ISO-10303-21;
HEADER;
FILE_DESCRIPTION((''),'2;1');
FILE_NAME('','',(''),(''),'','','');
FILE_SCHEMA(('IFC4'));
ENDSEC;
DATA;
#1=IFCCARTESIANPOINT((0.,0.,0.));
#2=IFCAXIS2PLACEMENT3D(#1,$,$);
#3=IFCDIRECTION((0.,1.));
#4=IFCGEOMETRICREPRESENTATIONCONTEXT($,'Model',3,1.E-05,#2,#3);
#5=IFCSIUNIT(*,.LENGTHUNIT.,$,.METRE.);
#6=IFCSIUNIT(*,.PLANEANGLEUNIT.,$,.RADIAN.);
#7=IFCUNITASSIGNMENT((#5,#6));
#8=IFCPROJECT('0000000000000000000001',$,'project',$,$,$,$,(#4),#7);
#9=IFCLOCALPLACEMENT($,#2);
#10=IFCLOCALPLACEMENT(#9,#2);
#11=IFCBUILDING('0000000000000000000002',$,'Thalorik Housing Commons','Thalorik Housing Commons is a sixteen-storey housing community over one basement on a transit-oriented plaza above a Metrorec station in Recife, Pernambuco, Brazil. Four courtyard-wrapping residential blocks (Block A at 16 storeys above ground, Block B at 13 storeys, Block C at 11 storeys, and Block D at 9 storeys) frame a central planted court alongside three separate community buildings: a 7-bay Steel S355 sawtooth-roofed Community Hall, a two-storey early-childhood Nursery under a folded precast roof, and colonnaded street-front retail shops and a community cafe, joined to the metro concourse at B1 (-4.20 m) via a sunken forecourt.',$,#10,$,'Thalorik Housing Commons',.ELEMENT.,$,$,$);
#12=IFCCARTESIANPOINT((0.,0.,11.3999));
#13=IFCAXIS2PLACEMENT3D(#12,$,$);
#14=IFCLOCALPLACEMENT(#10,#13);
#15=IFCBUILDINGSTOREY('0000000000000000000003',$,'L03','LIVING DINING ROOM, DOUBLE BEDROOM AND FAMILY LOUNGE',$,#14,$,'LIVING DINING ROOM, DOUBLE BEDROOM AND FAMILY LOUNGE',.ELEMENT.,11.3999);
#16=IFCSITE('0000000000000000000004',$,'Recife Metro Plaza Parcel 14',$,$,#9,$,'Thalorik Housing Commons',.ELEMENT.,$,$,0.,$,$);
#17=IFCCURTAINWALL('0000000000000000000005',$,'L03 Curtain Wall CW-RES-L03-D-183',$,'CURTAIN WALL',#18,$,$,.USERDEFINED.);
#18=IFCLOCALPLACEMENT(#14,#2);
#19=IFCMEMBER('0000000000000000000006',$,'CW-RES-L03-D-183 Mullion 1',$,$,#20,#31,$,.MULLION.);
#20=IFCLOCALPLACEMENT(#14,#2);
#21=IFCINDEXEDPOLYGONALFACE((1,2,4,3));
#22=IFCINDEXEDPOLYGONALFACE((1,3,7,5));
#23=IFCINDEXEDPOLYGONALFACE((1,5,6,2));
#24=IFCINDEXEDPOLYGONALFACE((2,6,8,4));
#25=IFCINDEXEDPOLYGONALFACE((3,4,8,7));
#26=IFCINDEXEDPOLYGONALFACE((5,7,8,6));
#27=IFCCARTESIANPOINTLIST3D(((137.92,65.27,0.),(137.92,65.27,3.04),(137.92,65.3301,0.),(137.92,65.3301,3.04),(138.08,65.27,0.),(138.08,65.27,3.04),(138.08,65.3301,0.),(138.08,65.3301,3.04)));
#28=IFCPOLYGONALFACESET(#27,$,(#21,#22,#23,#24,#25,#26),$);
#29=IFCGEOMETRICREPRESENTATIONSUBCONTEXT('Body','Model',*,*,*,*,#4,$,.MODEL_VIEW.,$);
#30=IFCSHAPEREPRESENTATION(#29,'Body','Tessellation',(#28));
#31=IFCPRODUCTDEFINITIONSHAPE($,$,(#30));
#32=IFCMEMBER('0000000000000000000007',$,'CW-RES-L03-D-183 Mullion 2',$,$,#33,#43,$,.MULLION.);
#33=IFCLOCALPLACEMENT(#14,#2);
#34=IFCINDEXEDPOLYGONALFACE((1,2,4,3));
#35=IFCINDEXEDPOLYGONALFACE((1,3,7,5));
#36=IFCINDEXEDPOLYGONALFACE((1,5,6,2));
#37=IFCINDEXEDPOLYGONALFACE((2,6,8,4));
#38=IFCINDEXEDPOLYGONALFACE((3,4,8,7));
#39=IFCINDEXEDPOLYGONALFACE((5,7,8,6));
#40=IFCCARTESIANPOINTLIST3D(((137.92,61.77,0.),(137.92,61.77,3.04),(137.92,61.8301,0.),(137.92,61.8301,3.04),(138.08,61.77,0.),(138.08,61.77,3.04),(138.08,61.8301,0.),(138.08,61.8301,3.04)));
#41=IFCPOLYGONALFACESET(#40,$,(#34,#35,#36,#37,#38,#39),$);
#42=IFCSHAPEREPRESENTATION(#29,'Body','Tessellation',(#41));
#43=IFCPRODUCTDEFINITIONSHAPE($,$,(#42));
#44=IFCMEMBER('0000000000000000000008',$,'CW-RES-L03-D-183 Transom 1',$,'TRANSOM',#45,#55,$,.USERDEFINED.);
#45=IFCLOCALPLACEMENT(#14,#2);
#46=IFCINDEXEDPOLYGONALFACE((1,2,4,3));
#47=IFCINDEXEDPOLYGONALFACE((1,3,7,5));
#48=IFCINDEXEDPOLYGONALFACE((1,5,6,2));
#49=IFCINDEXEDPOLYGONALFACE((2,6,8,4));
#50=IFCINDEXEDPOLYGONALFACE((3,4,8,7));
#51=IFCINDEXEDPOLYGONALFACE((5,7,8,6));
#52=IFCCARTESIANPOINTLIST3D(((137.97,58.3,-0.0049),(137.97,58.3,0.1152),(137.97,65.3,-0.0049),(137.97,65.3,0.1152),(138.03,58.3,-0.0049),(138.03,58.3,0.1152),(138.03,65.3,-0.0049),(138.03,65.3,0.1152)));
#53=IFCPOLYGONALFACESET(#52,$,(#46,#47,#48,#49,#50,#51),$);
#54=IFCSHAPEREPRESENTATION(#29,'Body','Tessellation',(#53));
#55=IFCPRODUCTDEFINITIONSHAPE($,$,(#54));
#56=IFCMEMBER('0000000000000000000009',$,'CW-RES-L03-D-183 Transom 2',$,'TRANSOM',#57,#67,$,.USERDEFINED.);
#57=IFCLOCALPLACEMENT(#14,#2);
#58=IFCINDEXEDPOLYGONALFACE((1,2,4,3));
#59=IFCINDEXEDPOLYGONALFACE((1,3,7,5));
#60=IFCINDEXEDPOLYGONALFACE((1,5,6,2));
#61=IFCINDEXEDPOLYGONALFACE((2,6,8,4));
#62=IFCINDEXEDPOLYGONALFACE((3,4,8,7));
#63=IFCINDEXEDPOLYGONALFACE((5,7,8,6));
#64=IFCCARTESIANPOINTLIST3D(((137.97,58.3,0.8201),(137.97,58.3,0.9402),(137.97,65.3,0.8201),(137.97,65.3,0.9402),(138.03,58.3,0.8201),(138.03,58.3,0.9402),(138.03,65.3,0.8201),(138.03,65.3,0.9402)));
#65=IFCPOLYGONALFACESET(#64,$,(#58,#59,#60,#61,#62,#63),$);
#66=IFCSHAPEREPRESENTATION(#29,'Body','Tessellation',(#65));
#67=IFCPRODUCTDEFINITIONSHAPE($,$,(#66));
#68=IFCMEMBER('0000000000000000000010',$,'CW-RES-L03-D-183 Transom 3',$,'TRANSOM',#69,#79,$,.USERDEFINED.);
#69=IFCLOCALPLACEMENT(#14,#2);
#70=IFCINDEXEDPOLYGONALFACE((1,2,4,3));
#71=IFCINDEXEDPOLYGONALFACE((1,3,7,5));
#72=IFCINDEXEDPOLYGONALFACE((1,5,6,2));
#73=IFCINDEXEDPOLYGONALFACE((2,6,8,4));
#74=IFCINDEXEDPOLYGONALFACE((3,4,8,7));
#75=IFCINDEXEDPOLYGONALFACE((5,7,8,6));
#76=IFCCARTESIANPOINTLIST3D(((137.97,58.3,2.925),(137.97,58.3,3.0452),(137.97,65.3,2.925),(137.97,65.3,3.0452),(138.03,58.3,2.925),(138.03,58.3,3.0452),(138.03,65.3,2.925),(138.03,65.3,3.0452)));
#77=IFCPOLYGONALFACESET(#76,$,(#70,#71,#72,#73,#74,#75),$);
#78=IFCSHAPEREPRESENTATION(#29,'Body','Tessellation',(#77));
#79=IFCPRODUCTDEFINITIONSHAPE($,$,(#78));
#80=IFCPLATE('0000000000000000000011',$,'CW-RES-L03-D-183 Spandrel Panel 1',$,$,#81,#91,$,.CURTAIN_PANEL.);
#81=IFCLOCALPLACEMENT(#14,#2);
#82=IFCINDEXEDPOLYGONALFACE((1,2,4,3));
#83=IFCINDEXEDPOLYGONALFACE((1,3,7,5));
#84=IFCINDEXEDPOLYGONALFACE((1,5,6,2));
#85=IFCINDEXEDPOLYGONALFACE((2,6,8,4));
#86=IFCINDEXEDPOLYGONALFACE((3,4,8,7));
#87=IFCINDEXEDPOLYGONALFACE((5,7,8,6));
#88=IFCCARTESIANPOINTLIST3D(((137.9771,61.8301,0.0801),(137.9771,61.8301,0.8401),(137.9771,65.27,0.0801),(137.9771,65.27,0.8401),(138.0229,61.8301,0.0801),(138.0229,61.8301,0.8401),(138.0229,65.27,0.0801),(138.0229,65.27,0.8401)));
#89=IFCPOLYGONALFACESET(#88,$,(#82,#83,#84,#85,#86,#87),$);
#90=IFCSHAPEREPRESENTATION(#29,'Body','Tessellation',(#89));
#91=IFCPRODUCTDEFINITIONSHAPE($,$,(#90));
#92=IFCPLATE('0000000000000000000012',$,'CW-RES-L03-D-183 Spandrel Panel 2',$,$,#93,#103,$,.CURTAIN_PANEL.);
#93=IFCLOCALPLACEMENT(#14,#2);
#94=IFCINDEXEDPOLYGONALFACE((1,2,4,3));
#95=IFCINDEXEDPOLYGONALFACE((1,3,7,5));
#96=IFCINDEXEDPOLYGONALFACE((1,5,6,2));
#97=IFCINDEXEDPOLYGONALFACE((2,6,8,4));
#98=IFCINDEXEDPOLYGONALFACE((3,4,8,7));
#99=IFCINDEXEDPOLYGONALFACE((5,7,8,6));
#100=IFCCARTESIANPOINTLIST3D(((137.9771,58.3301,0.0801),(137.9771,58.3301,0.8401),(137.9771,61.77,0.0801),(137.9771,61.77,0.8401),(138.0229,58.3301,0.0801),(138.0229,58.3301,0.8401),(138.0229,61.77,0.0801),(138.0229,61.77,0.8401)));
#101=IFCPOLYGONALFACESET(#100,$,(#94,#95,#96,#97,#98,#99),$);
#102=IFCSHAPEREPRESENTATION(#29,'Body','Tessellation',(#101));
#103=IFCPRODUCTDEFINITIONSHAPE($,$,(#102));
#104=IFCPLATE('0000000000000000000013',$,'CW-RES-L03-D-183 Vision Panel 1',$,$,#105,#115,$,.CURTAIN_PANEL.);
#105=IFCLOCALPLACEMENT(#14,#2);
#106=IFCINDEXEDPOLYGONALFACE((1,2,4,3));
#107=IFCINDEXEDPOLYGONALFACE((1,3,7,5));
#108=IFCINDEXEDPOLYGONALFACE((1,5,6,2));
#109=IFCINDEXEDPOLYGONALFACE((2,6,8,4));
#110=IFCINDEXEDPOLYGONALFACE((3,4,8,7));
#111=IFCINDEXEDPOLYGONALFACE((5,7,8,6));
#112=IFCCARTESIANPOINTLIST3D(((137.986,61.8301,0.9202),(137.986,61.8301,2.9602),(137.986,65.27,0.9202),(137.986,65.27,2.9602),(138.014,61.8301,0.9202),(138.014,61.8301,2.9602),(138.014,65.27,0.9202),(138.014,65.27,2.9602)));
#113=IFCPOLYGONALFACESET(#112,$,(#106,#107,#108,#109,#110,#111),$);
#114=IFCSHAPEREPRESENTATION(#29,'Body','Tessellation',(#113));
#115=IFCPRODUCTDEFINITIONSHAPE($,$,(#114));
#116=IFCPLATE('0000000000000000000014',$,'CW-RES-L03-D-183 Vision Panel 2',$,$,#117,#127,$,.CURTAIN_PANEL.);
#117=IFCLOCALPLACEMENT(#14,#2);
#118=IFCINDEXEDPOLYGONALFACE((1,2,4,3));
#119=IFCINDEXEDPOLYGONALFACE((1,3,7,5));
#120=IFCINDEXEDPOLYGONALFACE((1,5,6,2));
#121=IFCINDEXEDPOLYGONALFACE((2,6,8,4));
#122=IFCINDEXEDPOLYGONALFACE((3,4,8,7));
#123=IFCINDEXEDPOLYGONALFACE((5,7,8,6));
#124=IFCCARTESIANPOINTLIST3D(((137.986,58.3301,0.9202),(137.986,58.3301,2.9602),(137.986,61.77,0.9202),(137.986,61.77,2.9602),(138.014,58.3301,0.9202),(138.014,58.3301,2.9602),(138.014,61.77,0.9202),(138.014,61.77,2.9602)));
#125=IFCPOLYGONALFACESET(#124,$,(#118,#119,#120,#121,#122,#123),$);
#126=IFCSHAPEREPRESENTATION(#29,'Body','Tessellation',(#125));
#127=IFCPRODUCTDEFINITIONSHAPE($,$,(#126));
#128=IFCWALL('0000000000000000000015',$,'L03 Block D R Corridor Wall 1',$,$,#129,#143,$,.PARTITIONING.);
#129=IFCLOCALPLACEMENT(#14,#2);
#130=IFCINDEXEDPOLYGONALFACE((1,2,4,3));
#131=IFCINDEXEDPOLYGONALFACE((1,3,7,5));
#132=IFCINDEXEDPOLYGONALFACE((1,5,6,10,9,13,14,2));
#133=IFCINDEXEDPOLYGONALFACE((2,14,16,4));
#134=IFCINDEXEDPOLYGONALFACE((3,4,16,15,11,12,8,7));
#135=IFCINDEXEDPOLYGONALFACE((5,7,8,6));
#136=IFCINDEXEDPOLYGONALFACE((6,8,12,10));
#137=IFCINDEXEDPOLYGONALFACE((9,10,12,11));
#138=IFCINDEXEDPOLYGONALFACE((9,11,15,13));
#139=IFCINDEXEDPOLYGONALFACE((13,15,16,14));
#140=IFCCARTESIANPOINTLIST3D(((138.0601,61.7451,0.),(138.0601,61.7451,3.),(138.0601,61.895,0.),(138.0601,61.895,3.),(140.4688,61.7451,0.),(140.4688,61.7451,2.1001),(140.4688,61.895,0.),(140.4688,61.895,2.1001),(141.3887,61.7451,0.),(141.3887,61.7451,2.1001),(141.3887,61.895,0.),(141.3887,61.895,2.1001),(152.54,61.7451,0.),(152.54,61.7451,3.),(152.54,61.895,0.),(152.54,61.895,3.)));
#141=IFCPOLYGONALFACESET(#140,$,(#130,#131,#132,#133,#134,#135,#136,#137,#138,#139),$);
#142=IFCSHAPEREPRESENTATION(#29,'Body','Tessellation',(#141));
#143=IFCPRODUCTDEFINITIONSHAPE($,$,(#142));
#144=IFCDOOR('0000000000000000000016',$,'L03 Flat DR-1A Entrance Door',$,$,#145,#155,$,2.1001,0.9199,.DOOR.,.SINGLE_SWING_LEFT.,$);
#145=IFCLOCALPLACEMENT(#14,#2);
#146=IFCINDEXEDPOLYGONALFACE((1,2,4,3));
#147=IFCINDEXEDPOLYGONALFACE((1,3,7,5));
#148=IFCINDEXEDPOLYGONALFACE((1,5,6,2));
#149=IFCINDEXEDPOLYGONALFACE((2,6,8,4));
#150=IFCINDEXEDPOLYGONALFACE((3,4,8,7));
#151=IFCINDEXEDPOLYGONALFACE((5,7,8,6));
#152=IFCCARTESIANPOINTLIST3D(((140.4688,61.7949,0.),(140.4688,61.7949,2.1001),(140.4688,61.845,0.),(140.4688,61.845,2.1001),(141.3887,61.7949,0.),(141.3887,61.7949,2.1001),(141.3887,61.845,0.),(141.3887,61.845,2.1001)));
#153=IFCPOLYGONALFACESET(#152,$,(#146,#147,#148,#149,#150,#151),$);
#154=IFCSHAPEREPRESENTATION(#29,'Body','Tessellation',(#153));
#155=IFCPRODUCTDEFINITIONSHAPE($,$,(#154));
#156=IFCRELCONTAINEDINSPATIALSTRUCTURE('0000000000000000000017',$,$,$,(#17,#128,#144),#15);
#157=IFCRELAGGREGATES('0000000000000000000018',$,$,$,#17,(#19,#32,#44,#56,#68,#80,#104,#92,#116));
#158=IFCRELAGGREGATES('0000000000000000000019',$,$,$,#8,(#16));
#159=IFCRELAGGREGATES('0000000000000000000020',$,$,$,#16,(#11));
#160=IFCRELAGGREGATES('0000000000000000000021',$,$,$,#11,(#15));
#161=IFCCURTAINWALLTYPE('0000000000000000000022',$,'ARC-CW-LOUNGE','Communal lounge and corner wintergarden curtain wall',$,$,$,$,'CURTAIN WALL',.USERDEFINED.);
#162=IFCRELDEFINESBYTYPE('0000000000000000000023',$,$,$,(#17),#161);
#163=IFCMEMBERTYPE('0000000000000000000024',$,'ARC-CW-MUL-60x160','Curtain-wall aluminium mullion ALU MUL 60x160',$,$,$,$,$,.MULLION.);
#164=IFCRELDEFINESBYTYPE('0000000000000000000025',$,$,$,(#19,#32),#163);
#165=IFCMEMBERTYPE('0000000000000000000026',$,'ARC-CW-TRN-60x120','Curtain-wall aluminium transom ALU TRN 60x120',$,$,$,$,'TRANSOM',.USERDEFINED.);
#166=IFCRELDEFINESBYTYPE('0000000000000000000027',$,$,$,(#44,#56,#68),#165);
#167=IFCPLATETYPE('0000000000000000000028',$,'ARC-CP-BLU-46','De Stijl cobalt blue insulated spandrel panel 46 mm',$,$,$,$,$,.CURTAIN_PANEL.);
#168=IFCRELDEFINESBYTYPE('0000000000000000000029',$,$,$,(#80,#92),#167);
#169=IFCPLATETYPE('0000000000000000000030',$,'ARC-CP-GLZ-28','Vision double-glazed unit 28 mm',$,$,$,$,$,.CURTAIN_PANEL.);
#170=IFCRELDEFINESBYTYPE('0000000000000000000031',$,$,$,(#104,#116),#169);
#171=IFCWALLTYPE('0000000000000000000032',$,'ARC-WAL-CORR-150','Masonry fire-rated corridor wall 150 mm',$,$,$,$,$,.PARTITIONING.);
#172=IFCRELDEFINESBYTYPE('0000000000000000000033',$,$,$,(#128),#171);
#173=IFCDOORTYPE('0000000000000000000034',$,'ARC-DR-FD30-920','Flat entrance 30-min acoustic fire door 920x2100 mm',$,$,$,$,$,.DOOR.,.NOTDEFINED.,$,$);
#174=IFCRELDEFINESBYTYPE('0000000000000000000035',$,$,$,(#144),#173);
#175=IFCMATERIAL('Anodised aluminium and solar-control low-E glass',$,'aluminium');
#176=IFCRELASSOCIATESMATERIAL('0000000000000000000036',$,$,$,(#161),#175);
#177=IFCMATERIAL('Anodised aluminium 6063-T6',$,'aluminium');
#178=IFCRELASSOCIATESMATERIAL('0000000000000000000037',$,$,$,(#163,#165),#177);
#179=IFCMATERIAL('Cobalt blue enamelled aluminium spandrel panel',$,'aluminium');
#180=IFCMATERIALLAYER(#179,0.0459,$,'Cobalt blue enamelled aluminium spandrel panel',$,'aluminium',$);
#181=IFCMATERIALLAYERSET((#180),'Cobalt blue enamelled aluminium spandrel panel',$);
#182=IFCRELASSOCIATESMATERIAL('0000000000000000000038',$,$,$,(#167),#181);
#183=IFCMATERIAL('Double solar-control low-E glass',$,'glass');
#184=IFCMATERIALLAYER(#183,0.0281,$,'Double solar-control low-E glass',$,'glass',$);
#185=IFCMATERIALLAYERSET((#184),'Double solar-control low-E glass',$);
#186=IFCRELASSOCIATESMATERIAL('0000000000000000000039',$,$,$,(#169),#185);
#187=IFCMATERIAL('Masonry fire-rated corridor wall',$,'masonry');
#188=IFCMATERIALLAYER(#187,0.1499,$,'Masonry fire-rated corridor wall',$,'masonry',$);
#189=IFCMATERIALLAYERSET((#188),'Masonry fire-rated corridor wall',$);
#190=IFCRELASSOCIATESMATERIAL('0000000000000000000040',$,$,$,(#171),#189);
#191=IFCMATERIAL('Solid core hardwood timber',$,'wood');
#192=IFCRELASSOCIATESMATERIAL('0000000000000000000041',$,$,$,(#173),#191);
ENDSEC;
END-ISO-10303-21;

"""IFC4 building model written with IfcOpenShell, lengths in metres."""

from ifc_helpers import new_model, si_unit, direction, frame, frame_2d, origin, origin_2d, place, context, subcontext, project, spatial, rectangle, extrude, material, layer, layer_set, material_profile, profile_set, type_object, element, fill, aggregate, save


model = new_model("IFC4")

# Units and contexts
model_context = context("Model", 3, precision=1e-05, world=origin(), true_north=direction((0.0, 1.0)))
body_context = subcontext(model_context, "Body", "Model", "MODEL_VIEW")
ifc_project = project(units=[si_unit("LENGTHUNIT", "METRE"), si_unit("PLANEANGLEUNIT", "RADIAN")], contexts=[model_context])

# Site, building, storey
site_placement = place(None, origin())
site = spatial("IfcSite", under=ifc_project, at=site_placement, Name="Recife Metro Plaza Parcel 14", LongName="Thalorik Housing Commons", CompositionType="ELEMENT", RefElevation=0.0)
building_placement = place(site_placement, origin())
building = spatial("IfcBuilding", under=site, at=building_placement, Name="Thalorik Housing Commons", Description="Thalorik Housing Commons is a sixteen-storey housing community over one basement on a transit-oriented plaza above a Metrorec station in Recife, Pernambuco, Brazil. Four courtyard-wrapping residential blocks (Block A at 16 storeys above ground, Block B at 13 storeys, Block C at 11 storeys, and Block D at 9 storeys) frame a central planted court alongside three separate community buildings: a 7-bay Steel S355 sawtooth-roofed Community Hall, a two-storey early-childhood Nursery under a folded precast roof, and colonnaded street-front retail shops and a community cafe, joined to the metro concourse at B1 (-4.20 m) via a sunken forecourt.", LongName="Thalorik Housing Commons", CompositionType="ELEMENT")
storey_placement = place(building_placement, frame((0.0, 0.0, 11.3999)))
storey = spatial("IfcBuildingStorey", under=building, at=storey_placement, Name="L03", Description="LIVING DINING ROOM, DOUBLE BEDROOM AND FAMILY LOUNGE", LongName="LIVING DINING ROOM, DOUBLE BEDROOM AND FAMILY LOUNGE", CompositionType="ELEMENT", Elevation=11.3999)

# Curtain wall, members, plates
ifc_material_1 = material(Name="Anodised aluminium and solar-control low-E glass", Category="aluminium")
curtain_wall_type = type_object("IfcCurtainWallType", Name="ARC-CW-LOUNGE", Description="Communal lounge and corner wintergarden curtain wall", ElementType="CURTAIN WALL", PredefinedType="USERDEFINED", material=ifc_material_1)
curtain_wall_placement = place(storey_placement, origin())
curtain_wall = element("IfcCurtainWall", 1, at=curtain_wall_placement, inside=storey, type_object=curtain_wall_type, Name="L03 Curtain Wall CW-RES-L03-D-183", ObjectType="CURTAIN WALL", PredefinedType="USERDEFINED")
ifc_material_2 = material(Name="Anodised aluminium 6063-T6", Category="aluminium")
ifc_material_profile_1 = material_profile(ifc_material_2, rectangle(XDim=0.0601, YDim=0.1599, at=origin_2d()), Name="ALU MUL 60x160", Category="aluminium")
ifc_profile_set_1 = profile_set([ifc_material_profile_1], Name="Anodised aluminium 6063-T6")
member_type_1 = type_object("IfcMemberType", Name="ARC-CW-MUL-60x160", Description="Curtain-wall aluminium mullion ALU MUL 60x160", PredefinedType="MULLION", material=ifc_profile_set_1)
member_1_placement = place(storey_placement, frame((138.0, 65.3, 0.0), z_axis=(0.0, 0.0, 1.0), x_axis=(0.0, -1.0, 0.0)))
member_1 = element("IfcMember", 2, at=member_1_placement, type_object=member_type_1, Name="CW-RES-L03-D-183 Mullion 1", PredefinedType="MULLION", context=body_context, shape_type="SweptSolid", body=[
    extrude(rectangle(XDim=0.0601, YDim=0.1599, at=origin_2d()), origin(), (0.0, 0.0, 1.0), 3.04),
])
member_2_placement = place(storey_placement, frame((138.0, 61.8, 0.0), z_axis=(0.0, 0.0, 1.0), x_axis=(0.0, -1.0, 0.0)))
member_2 = element("IfcMember", 3, at=member_2_placement, type_object=member_type_1, Name="CW-RES-L03-D-183 Mullion 2", PredefinedType="MULLION", context=body_context, shape_type="SweptSolid", body=[
    extrude(rectangle(XDim=0.0601, YDim=0.1599, at=origin_2d()), origin(), (0.0, 0.0, 1.0), 3.04),
])
ifc_material_profile_2 = material_profile(ifc_material_2, rectangle(XDim=0.0601, YDim=0.1201, at=origin_2d()), Name="ALU TRN 60x120", Category="aluminium")
ifc_profile_set_2 = profile_set([ifc_material_profile_2], Name="Anodised aluminium 6063-T6")
member_type_2 = type_object("IfcMemberType", Name="ARC-CW-TRN-60x120", Description="Curtain-wall aluminium transom ALU TRN 60x120", ElementType="TRANSOM", PredefinedType="USERDEFINED", material=ifc_profile_set_2)
member_3_placement = place(storey_placement, frame((138.0, 65.3, 0.0552), z_axis=(0.0, -1.0, 0.0), x_axis=(1.0, 0.0, 0.0)))
member_3 = element("IfcMember", 4, at=member_3_placement, type_object=member_type_2, Name="CW-RES-L03-D-183 Transom 1", ObjectType="TRANSOM", PredefinedType="USERDEFINED", context=body_context, shape_type="SweptSolid", body=[
    extrude(rectangle(XDim=0.0601, YDim=0.1201, at=origin_2d()), origin(), (0.0, 0.0, 1.0), 7.0),
])
member_4_placement = place(storey_placement, frame((138.0, 65.3, 0.8801), z_axis=(0.0, -1.0, 0.0), x_axis=(1.0, 0.0, 0.0)))
member_4 = element("IfcMember", 5, at=member_4_placement, type_object=member_type_2, Name="CW-RES-L03-D-183 Transom 2", ObjectType="TRANSOM", PredefinedType="USERDEFINED", context=body_context, shape_type="SweptSolid", body=[
    extrude(rectangle(XDim=0.0601, YDim=0.1201, at=origin_2d()), origin(), (0.0, 0.0, 1.0), 7.0),
])
member_5_placement = place(storey_placement, frame((138.0, 65.3, 2.9851), z_axis=(0.0, -1.0, 0.0), x_axis=(1.0, 0.0, 0.0)))
member_5 = element("IfcMember", 6, at=member_5_placement, type_object=member_type_2, Name="CW-RES-L03-D-183 Transom 3", ObjectType="TRANSOM", PredefinedType="USERDEFINED", context=body_context, shape_type="SweptSolid", body=[
    extrude(rectangle(XDim=0.0601, YDim=0.1201, at=origin_2d()), origin(), (0.0, 0.0, 1.0), 7.0),
])
ifc_material_3 = material(Name="Cobalt blue enamelled aluminium spandrel panel", Category="aluminium")
ifc_layer_1 = layer(ifc_material_3, 0.0459, Name="Cobalt blue enamelled aluminium spandrel panel", Category="aluminium")
ifc_layer_set_1 = layer_set([ifc_layer_1], Name="Cobalt blue enamelled aluminium spandrel panel")
plate_type_1 = type_object("IfcPlateType", Name="ARC-CP-BLU-46", Description="De Stijl cobalt blue insulated spandrel panel 46 mm", PredefinedType="CURTAIN_PANEL", material=ifc_layer_set_1)
plate_1_placement = place(storey_placement, frame((138.0, 63.55, 0.0801), z_axis=(0.0, 0.0, 1.0), x_axis=(0.0, -1.0, 0.0)))
plate_1 = element("IfcPlate", 7, at=plate_1_placement, type_object=plate_type_1, Name="CW-RES-L03-D-183 Spandrel Panel 1", PredefinedType="CURTAIN_PANEL", context=body_context, shape_type="SweptSolid", body=[
    extrude(rectangle(XDim=3.4399, YDim=0.0459, at=origin_2d()), origin(), (0.0, 0.0, 1.0), 0.76),
])
plate_2_placement = place(storey_placement, frame((138.0, 60.05, 0.0801), z_axis=(0.0, 0.0, 1.0), x_axis=(0.0, -1.0, 0.0)))
plate_2 = element("IfcPlate", 8, at=plate_2_placement, type_object=plate_type_1, Name="CW-RES-L03-D-183 Spandrel Panel 2", PredefinedType="CURTAIN_PANEL", context=body_context, shape_type="SweptSolid", body=[
    extrude(rectangle(XDim=3.4399, YDim=0.0459, at=origin_2d()), origin(), (0.0, 0.0, 1.0), 0.76),
])
ifc_material_4 = material(Name="Double solar-control low-E glass", Category="glass")
ifc_layer_2 = layer(ifc_material_4, 0.0281, Name="Double solar-control low-E glass", Category="glass")
ifc_layer_set_2 = layer_set([ifc_layer_2], Name="Double solar-control low-E glass")
plate_type_2 = type_object("IfcPlateType", Name="ARC-CP-GLZ-28", Description="Vision double-glazed unit 28 mm", PredefinedType="CURTAIN_PANEL", material=ifc_layer_set_2)
plate_3_placement = place(storey_placement, frame((138.0, 63.55, 0.9202), z_axis=(0.0, 0.0, 1.0), x_axis=(0.0, -1.0, 0.0)))
plate_3 = element("IfcPlate", 9, at=plate_3_placement, type_object=plate_type_2, Name="CW-RES-L03-D-183 Vision Panel 1", PredefinedType="CURTAIN_PANEL", context=body_context, shape_type="SweptSolid", body=[
    extrude(rectangle(XDim=3.4399, YDim=0.0281, at=origin_2d()), origin(), (0.0, 0.0, 1.0), 2.04),
])
plate_4_placement = place(storey_placement, frame((138.0, 60.05, 0.9202), z_axis=(0.0, 0.0, 1.0), x_axis=(0.0, -1.0, 0.0)))
plate_4 = element("IfcPlate", 10, at=plate_4_placement, type_object=plate_type_2, Name="CW-RES-L03-D-183 Vision Panel 2", PredefinedType="CURTAIN_PANEL", context=body_context, shape_type="SweptSolid", body=[
    extrude(rectangle(XDim=3.4399, YDim=0.0281, at=origin_2d()), origin(), (0.0, 0.0, 1.0), 2.04),
])
aggregate(curtain_wall, [member_1, member_2, member_3, member_4, member_5, plate_1, plate_3, plate_2, plate_4])

# Wall, opening, door
ifc_material_5 = material(Name="Masonry fire-rated corridor wall", Category="masonry")
ifc_layer_3 = layer(ifc_material_5, 0.1499, Name="Masonry fire-rated corridor wall", Category="masonry")
ifc_layer_set_3 = layer_set([ifc_layer_3], Name="Masonry fire-rated corridor wall")
wall_type_1 = type_object("IfcWallType", Name="ARC-WAL-CORR-150", Description="Masonry fire-rated corridor wall 150 mm", PredefinedType="PARTITIONING", material=ifc_layer_set_3)
wall_1_placement = place(storey_placement, frame((138.0601, 61.8201, 0.0), z_axis=(0.0, 0.0, 1.0), x_axis=(1.0, 0.0, 0.0)))
wall_1 = element("IfcWall", 11, at=wall_1_placement, inside=storey, type_object=wall_type_1, Name="L03 Block D R Corridor Wall 1", PredefinedType="PARTITIONING", context=body_context, shape_type="SweptSolid", body=[
    extrude(rectangle(XDim=14.48, YDim=0.1499, at=frame_2d((7.24, 0.0))), origin(), (0.0, 0.0, 1.0), 3.0),
])
opening_1_placement = place(wall_1_placement, frame((2.4087, 0.0, 0.0)))
opening_1 = element("IfcOpeningElement", 12, at=opening_1_placement, cuts=wall_1, PredefinedType="OPENING", context=body_context, shape_type="SweptSolid", body=[
    extrude(rectangle(XDim=0.9199, YDim=2.1001, at=frame_2d((0.46, 1.05))), frame((0.0, 0.085, 0.0), z_axis=(0.0, -1.0, 0.0), x_axis=(1.0, 0.0, 0.0)), (0.0, 0.0, 1.0), 0.1699),
])
ifc_material_6 = material(Name="Solid core hardwood timber", Category="wood")
door_type_1 = type_object("IfcDoorType", Name="ARC-DR-FD30-920", Description="Flat entrance 30-min acoustic fire door 920x2100 mm", OperationType="NOTDEFINED", PredefinedType="DOOR", material=ifc_material_6)
door_1_placement = place(opening_1_placement, origin())
door_1 = element("IfcDoor", 13, at=door_1_placement, inside=storey, type_object=door_type_1, Name="L03 Flat DR-1A Entrance Door", OperationType="SINGLE_SWING_LEFT", OverallHeight=2.1001, OverallWidth=0.9199, PredefinedType="DOOR", context=body_context, shape_type="SweptSolid", body=[
    extrude(rectangle(XDim=0.9199, YDim=2.1001, at=frame_2d((0.46, 1.05))), frame((0.0, 0.0249, 0.0), z_axis=(0.0, -1.0, 0.0), x_axis=(1.0, 0.0, 0.0)), (0.0, 0.0, 1.0), 0.05),
])
fill(opening_1, door_1)

save(model, "model.ifc")
